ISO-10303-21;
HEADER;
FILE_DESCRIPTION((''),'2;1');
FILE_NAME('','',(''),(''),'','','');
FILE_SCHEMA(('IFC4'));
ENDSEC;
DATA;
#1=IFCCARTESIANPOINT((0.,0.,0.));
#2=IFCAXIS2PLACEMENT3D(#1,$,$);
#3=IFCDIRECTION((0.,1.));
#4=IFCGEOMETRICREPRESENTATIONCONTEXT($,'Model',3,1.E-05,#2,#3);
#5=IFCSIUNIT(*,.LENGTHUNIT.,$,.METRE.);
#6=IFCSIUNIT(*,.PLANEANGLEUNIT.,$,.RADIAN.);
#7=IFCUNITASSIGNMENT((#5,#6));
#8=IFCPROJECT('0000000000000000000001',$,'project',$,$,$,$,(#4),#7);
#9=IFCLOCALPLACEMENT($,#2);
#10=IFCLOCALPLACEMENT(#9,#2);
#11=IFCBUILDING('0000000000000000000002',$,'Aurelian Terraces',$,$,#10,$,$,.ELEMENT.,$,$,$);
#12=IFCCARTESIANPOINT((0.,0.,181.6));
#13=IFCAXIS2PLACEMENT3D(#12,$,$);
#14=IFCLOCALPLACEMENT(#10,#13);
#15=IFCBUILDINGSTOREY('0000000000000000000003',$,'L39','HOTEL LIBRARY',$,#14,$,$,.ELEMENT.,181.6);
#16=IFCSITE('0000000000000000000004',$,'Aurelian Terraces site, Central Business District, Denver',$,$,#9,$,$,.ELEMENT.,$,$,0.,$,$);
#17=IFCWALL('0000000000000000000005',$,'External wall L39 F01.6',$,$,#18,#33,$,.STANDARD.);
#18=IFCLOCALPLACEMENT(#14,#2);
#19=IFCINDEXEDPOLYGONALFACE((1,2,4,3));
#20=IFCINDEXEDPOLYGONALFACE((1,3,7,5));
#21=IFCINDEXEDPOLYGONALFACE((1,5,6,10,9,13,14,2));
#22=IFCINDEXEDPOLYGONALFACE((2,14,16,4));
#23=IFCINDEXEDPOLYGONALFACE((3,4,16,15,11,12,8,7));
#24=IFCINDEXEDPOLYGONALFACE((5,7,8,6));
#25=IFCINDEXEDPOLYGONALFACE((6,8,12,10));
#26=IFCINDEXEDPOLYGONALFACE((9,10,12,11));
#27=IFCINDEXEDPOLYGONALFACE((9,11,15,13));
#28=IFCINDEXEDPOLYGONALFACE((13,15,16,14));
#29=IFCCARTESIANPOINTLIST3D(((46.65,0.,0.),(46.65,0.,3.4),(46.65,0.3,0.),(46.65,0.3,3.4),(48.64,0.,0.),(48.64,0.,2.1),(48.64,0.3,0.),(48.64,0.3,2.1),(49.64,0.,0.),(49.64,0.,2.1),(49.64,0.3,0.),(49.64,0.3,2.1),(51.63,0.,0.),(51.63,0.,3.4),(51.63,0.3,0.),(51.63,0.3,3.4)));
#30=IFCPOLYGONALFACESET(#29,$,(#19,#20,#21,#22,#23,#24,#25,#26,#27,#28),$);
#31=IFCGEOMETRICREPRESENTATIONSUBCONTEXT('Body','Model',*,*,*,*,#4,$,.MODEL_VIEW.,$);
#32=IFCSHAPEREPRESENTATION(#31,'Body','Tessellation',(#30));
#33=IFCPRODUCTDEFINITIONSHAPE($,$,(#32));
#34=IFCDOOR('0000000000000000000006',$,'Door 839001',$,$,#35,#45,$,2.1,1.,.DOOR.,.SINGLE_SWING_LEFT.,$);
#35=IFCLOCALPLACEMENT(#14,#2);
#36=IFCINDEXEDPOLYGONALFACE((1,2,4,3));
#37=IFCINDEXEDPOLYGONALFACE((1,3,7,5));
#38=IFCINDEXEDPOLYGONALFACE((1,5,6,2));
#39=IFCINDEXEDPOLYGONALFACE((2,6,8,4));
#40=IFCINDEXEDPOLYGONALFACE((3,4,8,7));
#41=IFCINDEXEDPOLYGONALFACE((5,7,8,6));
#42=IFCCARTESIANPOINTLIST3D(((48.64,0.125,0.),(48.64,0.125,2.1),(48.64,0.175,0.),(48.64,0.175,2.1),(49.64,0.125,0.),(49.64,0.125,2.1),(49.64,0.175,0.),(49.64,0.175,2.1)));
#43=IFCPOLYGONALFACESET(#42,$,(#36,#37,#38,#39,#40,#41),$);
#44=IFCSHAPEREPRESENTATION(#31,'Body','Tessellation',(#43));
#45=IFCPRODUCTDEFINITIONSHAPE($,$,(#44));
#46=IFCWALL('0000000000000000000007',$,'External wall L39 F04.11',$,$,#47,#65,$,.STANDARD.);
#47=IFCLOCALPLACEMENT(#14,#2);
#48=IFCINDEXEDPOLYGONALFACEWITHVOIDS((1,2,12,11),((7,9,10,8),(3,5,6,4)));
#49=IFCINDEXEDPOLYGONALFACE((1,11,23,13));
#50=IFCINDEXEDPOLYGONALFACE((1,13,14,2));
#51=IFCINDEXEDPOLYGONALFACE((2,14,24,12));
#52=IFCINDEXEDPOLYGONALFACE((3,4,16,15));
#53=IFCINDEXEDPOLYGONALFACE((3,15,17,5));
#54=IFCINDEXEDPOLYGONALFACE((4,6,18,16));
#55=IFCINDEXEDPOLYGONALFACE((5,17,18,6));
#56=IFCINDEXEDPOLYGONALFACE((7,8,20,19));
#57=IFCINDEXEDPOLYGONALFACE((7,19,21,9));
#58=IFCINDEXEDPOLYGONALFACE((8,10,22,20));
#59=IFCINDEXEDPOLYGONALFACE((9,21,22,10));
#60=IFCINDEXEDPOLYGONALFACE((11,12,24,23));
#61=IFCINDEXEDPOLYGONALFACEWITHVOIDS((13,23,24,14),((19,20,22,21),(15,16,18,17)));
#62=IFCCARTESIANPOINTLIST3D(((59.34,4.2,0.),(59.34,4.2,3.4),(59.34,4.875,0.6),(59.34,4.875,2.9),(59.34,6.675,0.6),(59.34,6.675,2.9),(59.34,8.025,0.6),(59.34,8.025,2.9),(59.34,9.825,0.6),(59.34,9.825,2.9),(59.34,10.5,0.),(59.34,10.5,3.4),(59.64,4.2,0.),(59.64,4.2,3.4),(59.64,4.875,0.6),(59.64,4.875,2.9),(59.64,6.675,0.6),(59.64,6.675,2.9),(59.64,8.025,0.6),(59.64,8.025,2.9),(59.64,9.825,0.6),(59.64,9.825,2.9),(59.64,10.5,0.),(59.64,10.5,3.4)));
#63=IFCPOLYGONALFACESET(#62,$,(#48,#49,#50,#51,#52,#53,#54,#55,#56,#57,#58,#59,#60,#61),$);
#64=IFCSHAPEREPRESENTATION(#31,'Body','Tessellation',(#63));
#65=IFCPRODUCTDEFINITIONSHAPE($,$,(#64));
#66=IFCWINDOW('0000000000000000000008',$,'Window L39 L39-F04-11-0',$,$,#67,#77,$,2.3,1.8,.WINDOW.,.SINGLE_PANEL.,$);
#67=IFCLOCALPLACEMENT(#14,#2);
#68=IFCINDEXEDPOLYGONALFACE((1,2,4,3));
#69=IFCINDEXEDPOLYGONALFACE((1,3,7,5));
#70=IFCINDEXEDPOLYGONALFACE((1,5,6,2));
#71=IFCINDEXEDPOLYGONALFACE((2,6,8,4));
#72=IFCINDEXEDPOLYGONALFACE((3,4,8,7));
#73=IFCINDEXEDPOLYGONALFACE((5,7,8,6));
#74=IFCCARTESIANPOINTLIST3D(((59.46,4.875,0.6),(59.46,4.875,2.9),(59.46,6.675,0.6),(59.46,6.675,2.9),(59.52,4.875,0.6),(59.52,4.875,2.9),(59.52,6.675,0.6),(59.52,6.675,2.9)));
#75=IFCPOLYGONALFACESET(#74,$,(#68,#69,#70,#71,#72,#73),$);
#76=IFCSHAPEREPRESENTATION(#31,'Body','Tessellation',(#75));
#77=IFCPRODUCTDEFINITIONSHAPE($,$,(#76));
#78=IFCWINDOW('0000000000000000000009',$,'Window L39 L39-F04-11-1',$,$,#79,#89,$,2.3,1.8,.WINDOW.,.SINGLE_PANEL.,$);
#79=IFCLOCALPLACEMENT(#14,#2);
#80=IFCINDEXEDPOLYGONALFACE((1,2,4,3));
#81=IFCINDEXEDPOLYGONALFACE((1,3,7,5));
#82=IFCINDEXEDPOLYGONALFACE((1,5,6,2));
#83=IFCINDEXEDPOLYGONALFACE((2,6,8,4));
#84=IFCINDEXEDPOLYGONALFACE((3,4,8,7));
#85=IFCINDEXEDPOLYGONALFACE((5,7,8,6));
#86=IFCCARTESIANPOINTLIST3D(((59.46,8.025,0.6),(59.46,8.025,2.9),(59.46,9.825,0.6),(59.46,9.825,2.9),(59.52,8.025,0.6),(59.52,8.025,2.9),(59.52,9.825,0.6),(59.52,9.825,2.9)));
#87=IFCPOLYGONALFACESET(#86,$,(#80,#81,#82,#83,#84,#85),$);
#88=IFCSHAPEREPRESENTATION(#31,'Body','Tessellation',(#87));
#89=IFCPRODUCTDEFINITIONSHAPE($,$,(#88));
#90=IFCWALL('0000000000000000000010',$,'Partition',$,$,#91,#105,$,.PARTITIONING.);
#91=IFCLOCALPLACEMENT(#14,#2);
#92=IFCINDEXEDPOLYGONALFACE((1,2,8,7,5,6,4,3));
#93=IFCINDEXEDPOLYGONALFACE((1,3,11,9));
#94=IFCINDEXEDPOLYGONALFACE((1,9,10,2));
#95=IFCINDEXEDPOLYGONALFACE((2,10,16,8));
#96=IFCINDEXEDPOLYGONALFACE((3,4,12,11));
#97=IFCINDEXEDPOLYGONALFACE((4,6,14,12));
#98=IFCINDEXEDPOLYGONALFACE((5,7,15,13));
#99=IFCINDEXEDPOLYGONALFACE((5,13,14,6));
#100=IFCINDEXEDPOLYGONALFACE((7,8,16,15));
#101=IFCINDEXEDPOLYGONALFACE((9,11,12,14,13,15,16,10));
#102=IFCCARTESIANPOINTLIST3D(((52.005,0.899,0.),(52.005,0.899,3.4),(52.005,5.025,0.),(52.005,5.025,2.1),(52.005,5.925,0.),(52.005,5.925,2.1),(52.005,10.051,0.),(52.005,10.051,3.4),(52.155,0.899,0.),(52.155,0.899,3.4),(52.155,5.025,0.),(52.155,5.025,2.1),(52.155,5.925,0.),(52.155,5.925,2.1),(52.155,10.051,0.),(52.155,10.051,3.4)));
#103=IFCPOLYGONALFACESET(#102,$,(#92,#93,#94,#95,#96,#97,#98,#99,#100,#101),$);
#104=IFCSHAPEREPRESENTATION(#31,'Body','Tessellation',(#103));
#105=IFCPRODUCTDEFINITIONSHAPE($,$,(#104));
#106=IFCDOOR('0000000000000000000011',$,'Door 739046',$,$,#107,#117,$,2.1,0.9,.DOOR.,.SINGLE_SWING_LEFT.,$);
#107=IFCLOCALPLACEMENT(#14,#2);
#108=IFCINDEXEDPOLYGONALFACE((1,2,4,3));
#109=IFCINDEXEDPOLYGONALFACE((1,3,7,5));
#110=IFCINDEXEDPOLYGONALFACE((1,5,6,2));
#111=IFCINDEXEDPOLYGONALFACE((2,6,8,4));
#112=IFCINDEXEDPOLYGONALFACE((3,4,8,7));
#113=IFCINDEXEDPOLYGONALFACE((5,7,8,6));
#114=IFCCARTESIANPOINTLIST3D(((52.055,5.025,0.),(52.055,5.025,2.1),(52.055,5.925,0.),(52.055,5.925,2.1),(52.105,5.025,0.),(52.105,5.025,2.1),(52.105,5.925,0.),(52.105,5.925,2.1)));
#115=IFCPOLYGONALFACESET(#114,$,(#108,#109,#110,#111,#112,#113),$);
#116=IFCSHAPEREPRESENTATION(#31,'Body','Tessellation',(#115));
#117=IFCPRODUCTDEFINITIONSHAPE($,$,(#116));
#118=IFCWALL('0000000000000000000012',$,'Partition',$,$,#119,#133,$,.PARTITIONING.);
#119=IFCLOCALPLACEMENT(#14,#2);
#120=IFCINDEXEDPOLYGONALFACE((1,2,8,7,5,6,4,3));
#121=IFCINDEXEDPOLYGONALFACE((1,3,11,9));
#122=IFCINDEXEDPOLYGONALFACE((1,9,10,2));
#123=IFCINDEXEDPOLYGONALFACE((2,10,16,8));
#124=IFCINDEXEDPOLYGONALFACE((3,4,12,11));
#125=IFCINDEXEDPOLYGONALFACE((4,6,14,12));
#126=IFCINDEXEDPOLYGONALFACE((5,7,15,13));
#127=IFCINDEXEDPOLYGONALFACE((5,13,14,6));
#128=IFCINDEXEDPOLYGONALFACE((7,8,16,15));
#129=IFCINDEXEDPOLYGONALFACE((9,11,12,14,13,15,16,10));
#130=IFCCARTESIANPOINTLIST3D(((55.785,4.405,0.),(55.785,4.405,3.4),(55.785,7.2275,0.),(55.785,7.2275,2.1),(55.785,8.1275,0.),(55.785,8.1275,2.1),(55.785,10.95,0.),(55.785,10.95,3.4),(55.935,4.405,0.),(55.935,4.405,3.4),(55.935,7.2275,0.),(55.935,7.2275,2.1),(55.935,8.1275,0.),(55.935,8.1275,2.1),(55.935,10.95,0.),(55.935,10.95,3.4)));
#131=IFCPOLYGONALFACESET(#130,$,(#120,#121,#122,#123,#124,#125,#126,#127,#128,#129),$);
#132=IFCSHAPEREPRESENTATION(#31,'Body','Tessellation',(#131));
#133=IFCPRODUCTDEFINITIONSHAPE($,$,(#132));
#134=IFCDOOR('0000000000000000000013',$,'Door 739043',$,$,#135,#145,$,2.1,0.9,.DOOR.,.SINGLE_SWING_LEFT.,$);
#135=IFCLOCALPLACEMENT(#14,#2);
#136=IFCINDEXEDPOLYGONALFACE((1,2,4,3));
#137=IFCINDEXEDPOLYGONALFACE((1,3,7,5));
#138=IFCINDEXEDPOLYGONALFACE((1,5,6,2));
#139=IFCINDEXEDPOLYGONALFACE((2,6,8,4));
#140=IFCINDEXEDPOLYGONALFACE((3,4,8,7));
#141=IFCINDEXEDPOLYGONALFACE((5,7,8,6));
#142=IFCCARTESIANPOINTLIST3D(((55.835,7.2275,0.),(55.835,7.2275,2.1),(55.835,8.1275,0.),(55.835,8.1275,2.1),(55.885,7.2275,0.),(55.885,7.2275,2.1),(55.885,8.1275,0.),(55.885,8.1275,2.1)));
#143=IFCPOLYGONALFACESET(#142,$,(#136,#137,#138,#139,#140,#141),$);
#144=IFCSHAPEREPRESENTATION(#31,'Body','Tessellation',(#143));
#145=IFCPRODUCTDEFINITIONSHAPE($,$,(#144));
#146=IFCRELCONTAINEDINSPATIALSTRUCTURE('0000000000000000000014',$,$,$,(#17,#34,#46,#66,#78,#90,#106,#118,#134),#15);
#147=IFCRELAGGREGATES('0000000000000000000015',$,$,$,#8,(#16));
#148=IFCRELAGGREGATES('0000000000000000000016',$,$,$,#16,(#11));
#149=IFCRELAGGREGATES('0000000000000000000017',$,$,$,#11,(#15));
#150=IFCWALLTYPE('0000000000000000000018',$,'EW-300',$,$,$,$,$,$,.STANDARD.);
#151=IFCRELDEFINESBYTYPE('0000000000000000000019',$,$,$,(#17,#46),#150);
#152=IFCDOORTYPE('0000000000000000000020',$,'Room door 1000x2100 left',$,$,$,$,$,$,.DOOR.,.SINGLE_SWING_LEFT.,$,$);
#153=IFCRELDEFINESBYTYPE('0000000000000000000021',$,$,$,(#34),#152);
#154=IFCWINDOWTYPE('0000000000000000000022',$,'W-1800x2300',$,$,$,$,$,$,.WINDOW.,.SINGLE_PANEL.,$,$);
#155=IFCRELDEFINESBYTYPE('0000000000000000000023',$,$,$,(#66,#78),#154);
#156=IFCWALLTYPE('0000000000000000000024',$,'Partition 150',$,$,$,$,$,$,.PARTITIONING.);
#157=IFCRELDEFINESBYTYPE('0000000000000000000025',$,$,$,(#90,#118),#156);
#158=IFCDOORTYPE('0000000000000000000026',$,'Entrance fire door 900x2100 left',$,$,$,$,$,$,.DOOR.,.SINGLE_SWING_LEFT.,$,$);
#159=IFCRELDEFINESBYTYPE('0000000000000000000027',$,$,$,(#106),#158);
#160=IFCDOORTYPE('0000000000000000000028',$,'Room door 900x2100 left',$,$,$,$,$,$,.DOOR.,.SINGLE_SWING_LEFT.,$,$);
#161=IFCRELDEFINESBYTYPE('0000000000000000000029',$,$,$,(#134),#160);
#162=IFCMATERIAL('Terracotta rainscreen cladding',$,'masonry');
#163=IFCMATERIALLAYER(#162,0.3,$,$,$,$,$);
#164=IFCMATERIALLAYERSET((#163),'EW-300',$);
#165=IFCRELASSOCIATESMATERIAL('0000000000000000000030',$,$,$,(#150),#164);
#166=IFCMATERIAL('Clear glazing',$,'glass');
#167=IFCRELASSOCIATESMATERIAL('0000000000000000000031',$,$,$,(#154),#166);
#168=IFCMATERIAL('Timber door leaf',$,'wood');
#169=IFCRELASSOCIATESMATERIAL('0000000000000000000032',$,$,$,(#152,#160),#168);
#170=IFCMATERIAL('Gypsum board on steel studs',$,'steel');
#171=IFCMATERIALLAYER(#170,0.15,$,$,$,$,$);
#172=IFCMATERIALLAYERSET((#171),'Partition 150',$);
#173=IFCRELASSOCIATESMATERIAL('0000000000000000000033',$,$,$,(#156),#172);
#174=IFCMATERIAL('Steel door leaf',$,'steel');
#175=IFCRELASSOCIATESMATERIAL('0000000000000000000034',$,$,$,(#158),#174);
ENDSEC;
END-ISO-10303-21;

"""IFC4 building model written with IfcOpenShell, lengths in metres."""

from ifc_helpers import new_model, si_unit, direction, frame, frame_2d, origin, place, context, subcontext, project, spatial, rectangle, extrude, source, transform, mapped, material, layer, layer_set, type_object, element, fill, save


model = new_model("IFC4")

# Units and contexts
model_context = context("Model", 3, precision=1e-05, world=origin(), true_north=direction((0.0, 1.0)))
body_context = subcontext(model_context, "Body", "Model", "MODEL_VIEW")
ifc_project = project(units=[si_unit("LENGTHUNIT", "METRE"), si_unit("PLANEANGLEUNIT", "RADIAN")], contexts=[model_context])

# Site, building, storey
site_placement = place(None, origin())
site = spatial("IfcSite", under=ifc_project, at=site_placement, Name="Aurelian Terraces site, Central Business District, Denver", CompositionType="ELEMENT", RefElevation=0.0)
building_placement = place(site_placement, origin())
building = spatial("IfcBuilding", under=site, at=building_placement, Name="Aurelian Terraces", CompositionType="ELEMENT")
storey_placement = place(building_placement, frame((0.0, 0.0, 181.6)))
storey = spatial("IfcBuildingStorey", under=building, at=storey_placement, Name="L39", Description="HOTEL LIBRARY", CompositionType="ELEMENT", Elevation=181.6)

# Shared definitions
ifc_material_1 = material(Name="Clear glazing", Category="glass")
ifc_material_2 = material(Name="Terracotta rainscreen cladding", Category="masonry")
ifc_layer_1 = layer(ifc_material_2, 0.3)
ifc_layer_set_1 = layer_set([ifc_layer_1], Name="EW-300")
wall_type_1 = type_object("IfcWallType", Name="EW-300", PredefinedType="STANDARD", material=ifc_layer_set_1)
shared_shape_1 = source(origin(), body_context, "Body", "SweptSolid", [
    extrude(rectangle(XDim=1.8, YDim=2.3, at=frame_2d((0.9, 1.15))), frame((0.0, 0.16, 0.0), z_axis=(0.0, -1.0, 0.0), x_axis=(1.0, 0.0, 0.0)), (0.0, 0.0, 1.0), 0.32),
])
window_type_1 = type_object("IfcWindowType", Name="W-1800x2300", PartitioningType="SINGLE_PANEL", PredefinedType="WINDOW", material=ifc_material_1)
shared_shape_2 = source(origin(), body_context, "Body", "SweptSolid", [
    extrude(rectangle(XDim=1.8, YDim=2.3, at=frame_2d((0.9, 1.15))), frame((0.0, 0.03, 0.0), z_axis=(0.0, -1.0, 0.0), x_axis=(1.0, 0.0, 0.0)), (0.0, 0.0, 1.0), 0.06),
])

# Wall, opening, door
shared_shape_3 = source(origin(), body_context, "Body", "SweptSolid", [
    extrude(rectangle(XDim=4.98, YDim=0.3, at=frame_2d((2.49, 0.0))), origin(), (0.0, 0.0, 1.0), 3.4),
])
wall_1_placement = place(storey_placement, frame((46.65, 0.15, 0.0), z_axis=(0.0, 0.0, 1.0), x_axis=(1.0, 0.0, 0.0)))
wall_1 = element("IfcWall", 1, at=wall_1_placement, inside=storey, type_object=wall_type_1, Name="External wall L39 F01.6", PredefinedType="STANDARD", context=body_context, shape_type="MappedRepresentation", body=[
    mapped(shared_shape_3, transform((0.0, 0.0, 0.0), scale=1.0)),
])
shared_shape_4 = source(origin(), body_context, "Body", "SweptSolid", [
    extrude(rectangle(XDim=1.0, YDim=2.1, at=frame_2d((0.5, 1.05))), frame((0.0, 0.16, 0.0), z_axis=(0.0, -1.0, 0.0), x_axis=(1.0, 0.0, 0.0)), (0.0, 0.0, 1.0), 0.32),
])
opening_1_placement = place(wall_1_placement, frame((1.99, 0.0, 0.0)))
opening_1 = element("IfcOpeningElement", 2, at=opening_1_placement, cuts=wall_1, PredefinedType="OPENING", context=body_context, shape_type="MappedRepresentation", body=[
    mapped(shared_shape_4, transform((0.0, 0.0, 0.0), scale=1.0)),
])
ifc_material_3 = material(Name="Timber door leaf", Category="wood")
door_type_1 = type_object("IfcDoorType", Name="Room door 1000x2100 left", OperationType="SINGLE_SWING_LEFT", PredefinedType="DOOR", material=ifc_material_3)
shared_shape_5 = source(origin(), body_context, "Body", "SweptSolid", [
    extrude(rectangle(XDim=1.0, YDim=2.1, at=frame_2d((0.5, 1.05))), frame((0.0, 0.025, 0.0), z_axis=(0.0, -1.0, 0.0), x_axis=(1.0, 0.0, 0.0)), (0.0, 0.0, 1.0), 0.05),
])
door_1_placement = place(opening_1_placement, origin())
door_1 = element("IfcDoor", 3, at=door_1_placement, inside=storey, type_object=door_type_1, Name="Door 839001", OperationType="SINGLE_SWING_LEFT", OverallHeight=2.1, OverallWidth=1.0, PredefinedType="DOOR", context=body_context, shape_type="MappedRepresentation", body=[
    mapped(shared_shape_5, transform((0.0, 0.0, 0.0), scale=1.0)),
])
fill(opening_1, door_1)

# Wall, openings, windows
shared_shape_6 = source(origin(), body_context, "Body", "SweptSolid", [
    extrude(rectangle(XDim=6.3, YDim=0.3, at=frame_2d((3.15, 0.0))), origin(), (0.0, 0.0, 1.0), 3.4),
])
wall_2_placement = place(storey_placement, frame((59.49, 4.2, 0.0), z_axis=(0.0, 0.0, 1.0), x_axis=(0.0, 1.0, 0.0)))
wall_2 = element("IfcWall", 4, at=wall_2_placement, inside=storey, type_object=wall_type_1, Name="External wall L39 F04.11", PredefinedType="STANDARD", context=body_context, shape_type="MappedRepresentation", body=[
    mapped(shared_shape_6, transform((0.0, 0.0, 0.0), scale=1.0)),
])
opening_2_placement = place(wall_2_placement, frame((0.675, 0.0, 0.6)))
opening_2 = element("IfcOpeningElement", 5, at=opening_2_placement, cuts=wall_2, PredefinedType="OPENING", context=body_context, shape_type="MappedRepresentation", body=[
    mapped(shared_shape_1, transform((0.0, 0.0, 0.0), scale=1.0)),
])
opening_3_placement = place(wall_2_placement, frame((3.825, 0.0, 0.6)))
opening_3 = element("IfcOpeningElement", 6, at=opening_3_placement, cuts=wall_2, PredefinedType="OPENING", context=body_context, shape_type="MappedRepresentation", body=[
    mapped(shared_shape_1, transform((0.0, 0.0, 0.0), scale=1.0)),
])
window_1_placement = place(opening_2_placement, origin())
window_1 = element("IfcWindow", 7, at=window_1_placement, inside=storey, type_object=window_type_1, Name="Window L39 L39-F04-11-0", OverallHeight=2.3, OverallWidth=1.8, PartitioningType="SINGLE_PANEL", PredefinedType="WINDOW", context=body_context, shape_type="MappedRepresentation", body=[
    mapped(shared_shape_2, transform((0.0, 0.0, 0.0), scale=1.0)),
])
fill(opening_2, window_1)
window_2_placement = place(opening_3_placement, origin())
window_2 = element("IfcWindow", 8, at=window_2_placement, inside=storey, type_object=window_type_1, Name="Window L39 L39-F04-11-1", OverallHeight=2.3, OverallWidth=1.8, PartitioningType="SINGLE_PANEL", PredefinedType="WINDOW", context=body_context, shape_type="MappedRepresentation", body=[
    mapped(shared_shape_2, transform((0.0, 0.0, 0.0), scale=1.0)),
])
fill(opening_3, window_2)

# Walls, openings, doors
ifc_material_4 = material(Name="Gypsum board on steel studs", Category="steel")
ifc_layer_2 = layer(ifc_material_4, 0.15)
ifc_layer_set_2 = layer_set([ifc_layer_2], Name="Partition 150")
wall_type_2 = type_object("IfcWallType", Name="Partition 150", PredefinedType="PARTITIONING", material=ifc_layer_set_2)
shared_shape_7 = source(origin(), body_context, "Body", "SweptSolid", [
    extrude(rectangle(XDim=9.152, YDim=0.15, at=frame_2d((4.576, 0.0))), origin(), (0.0, 0.0, 1.0), 3.4),
])
wall_3_placement = place(storey_placement, frame((52.08, 0.899, 0.0), z_axis=(0.0, 0.0, 1.0), x_axis=(0.0, 1.0, 0.0)))
wall_3 = element("IfcWall", 9, at=wall_3_placement, inside=storey, type_object=wall_type_2, Name="Partition", PredefinedType="PARTITIONING", context=body_context, shape_type="MappedRepresentation", body=[
    mapped(shared_shape_7, transform((0.0, 0.0, 0.0), scale=1.0)),
])
shared_shape_8 = source(origin(), body_context, "Body", "SweptSolid", [
    extrude(rectangle(XDim=0.9, YDim=2.1, at=frame_2d((0.45, 1.05))), frame((0.0, 0.085, 0.0), z_axis=(0.0, -1.0, 0.0), x_axis=(1.0, 0.0, 0.0)), (0.0, 0.0, 1.0), 0.17),
])
opening_4_placement = place(wall_3_placement, frame((4.126, 0.0, 0.0)))
opening_4 = element("IfcOpeningElement", 10, at=opening_4_placement, cuts=wall_3, PredefinedType="OPENING", context=body_context, shape_type="MappedRepresentation", body=[
    mapped(shared_shape_8, transform((0.0, 0.0, 0.0), scale=1.0)),
])
ifc_material_5 = material(Name="Steel door leaf", Category="steel")
door_type_2 = type_object("IfcDoorType", Name="Entrance fire door 900x2100 left", OperationType="SINGLE_SWING_LEFT", PredefinedType="DOOR", material=ifc_material_5)
shared_shape_9 = source(origin(), body_context, "Body", "SweptSolid", [
    extrude(rectangle(XDim=0.9, YDim=2.1, at=frame_2d((0.45, 1.05))), frame((0.0, 0.025, 0.0), z_axis=(0.0, -1.0, 0.0), x_axis=(1.0, 0.0, 0.0)), (0.0, 0.0, 1.0), 0.05),
])
door_2_placement = place(opening_4_placement, origin())
door_2 = element("IfcDoor", 11, at=door_2_placement, inside=storey, type_object=door_type_2, Name="Door 739046", OperationType="SINGLE_SWING_LEFT", OverallHeight=2.1, OverallWidth=0.9, PredefinedType="DOOR", context=body_context, shape_type="MappedRepresentation", body=[
    mapped(shared_shape_9, transform((0.0, 0.0, 0.0), scale=1.0)),
])
fill(opening_4, door_2)
shared_shape_10 = source(origin(), body_context, "Body", "SweptSolid", [
    extrude(rectangle(XDim=6.545, YDim=0.15, at=frame_2d((3.2725, 0.0))), origin(), (0.0, 0.0, 1.0), 3.4),
])
wall_4_placement = place(storey_placement, frame((55.86, 4.405, 0.0), z_axis=(0.0, 0.0, 1.0), x_axis=(0.0, 1.0, 0.0)))
wall_4 = element("IfcWall", 12, at=wall_4_placement, inside=storey, type_object=wall_type_2, Name="Partition", PredefinedType="PARTITIONING", context=body_context, shape_type="MappedRepresentation", body=[
    mapped(shared_shape_10, transform((0.0, 0.0, 0.0), scale=1.0)),
])
opening_5_placement = place(wall_4_placement, frame((2.8225, 0.0, 0.0)))
opening_5 = element("IfcOpeningElement", 13, at=opening_5_placement, cuts=wall_4, PredefinedType="OPENING", context=body_context, shape_type="MappedRepresentation", body=[
    mapped(shared_shape_8, transform((0.0, 0.0, 0.0), scale=1.0)),
])
door_type_3 = type_object("IfcDoorType", Name="Room door 900x2100 left", OperationType="SINGLE_SWING_LEFT", PredefinedType="DOOR", material=ifc_material_3)
door_3_placement = place(opening_5_placement, origin())
door_3 = element("IfcDoor", 14, at=door_3_placement, inside=storey, type_object=door_type_3, Name="Door 739043", OperationType="SINGLE_SWING_LEFT", OverallHeight=2.1, OverallWidth=0.9, PredefinedType="DOOR", context=body_context, shape_type="MappedRepresentation", body=[
    mapped(shared_shape_9, transform((0.0, 0.0, 0.0), scale=1.0)),
])
fill(opening_5, door_3)

save(model, "model.ifc")
